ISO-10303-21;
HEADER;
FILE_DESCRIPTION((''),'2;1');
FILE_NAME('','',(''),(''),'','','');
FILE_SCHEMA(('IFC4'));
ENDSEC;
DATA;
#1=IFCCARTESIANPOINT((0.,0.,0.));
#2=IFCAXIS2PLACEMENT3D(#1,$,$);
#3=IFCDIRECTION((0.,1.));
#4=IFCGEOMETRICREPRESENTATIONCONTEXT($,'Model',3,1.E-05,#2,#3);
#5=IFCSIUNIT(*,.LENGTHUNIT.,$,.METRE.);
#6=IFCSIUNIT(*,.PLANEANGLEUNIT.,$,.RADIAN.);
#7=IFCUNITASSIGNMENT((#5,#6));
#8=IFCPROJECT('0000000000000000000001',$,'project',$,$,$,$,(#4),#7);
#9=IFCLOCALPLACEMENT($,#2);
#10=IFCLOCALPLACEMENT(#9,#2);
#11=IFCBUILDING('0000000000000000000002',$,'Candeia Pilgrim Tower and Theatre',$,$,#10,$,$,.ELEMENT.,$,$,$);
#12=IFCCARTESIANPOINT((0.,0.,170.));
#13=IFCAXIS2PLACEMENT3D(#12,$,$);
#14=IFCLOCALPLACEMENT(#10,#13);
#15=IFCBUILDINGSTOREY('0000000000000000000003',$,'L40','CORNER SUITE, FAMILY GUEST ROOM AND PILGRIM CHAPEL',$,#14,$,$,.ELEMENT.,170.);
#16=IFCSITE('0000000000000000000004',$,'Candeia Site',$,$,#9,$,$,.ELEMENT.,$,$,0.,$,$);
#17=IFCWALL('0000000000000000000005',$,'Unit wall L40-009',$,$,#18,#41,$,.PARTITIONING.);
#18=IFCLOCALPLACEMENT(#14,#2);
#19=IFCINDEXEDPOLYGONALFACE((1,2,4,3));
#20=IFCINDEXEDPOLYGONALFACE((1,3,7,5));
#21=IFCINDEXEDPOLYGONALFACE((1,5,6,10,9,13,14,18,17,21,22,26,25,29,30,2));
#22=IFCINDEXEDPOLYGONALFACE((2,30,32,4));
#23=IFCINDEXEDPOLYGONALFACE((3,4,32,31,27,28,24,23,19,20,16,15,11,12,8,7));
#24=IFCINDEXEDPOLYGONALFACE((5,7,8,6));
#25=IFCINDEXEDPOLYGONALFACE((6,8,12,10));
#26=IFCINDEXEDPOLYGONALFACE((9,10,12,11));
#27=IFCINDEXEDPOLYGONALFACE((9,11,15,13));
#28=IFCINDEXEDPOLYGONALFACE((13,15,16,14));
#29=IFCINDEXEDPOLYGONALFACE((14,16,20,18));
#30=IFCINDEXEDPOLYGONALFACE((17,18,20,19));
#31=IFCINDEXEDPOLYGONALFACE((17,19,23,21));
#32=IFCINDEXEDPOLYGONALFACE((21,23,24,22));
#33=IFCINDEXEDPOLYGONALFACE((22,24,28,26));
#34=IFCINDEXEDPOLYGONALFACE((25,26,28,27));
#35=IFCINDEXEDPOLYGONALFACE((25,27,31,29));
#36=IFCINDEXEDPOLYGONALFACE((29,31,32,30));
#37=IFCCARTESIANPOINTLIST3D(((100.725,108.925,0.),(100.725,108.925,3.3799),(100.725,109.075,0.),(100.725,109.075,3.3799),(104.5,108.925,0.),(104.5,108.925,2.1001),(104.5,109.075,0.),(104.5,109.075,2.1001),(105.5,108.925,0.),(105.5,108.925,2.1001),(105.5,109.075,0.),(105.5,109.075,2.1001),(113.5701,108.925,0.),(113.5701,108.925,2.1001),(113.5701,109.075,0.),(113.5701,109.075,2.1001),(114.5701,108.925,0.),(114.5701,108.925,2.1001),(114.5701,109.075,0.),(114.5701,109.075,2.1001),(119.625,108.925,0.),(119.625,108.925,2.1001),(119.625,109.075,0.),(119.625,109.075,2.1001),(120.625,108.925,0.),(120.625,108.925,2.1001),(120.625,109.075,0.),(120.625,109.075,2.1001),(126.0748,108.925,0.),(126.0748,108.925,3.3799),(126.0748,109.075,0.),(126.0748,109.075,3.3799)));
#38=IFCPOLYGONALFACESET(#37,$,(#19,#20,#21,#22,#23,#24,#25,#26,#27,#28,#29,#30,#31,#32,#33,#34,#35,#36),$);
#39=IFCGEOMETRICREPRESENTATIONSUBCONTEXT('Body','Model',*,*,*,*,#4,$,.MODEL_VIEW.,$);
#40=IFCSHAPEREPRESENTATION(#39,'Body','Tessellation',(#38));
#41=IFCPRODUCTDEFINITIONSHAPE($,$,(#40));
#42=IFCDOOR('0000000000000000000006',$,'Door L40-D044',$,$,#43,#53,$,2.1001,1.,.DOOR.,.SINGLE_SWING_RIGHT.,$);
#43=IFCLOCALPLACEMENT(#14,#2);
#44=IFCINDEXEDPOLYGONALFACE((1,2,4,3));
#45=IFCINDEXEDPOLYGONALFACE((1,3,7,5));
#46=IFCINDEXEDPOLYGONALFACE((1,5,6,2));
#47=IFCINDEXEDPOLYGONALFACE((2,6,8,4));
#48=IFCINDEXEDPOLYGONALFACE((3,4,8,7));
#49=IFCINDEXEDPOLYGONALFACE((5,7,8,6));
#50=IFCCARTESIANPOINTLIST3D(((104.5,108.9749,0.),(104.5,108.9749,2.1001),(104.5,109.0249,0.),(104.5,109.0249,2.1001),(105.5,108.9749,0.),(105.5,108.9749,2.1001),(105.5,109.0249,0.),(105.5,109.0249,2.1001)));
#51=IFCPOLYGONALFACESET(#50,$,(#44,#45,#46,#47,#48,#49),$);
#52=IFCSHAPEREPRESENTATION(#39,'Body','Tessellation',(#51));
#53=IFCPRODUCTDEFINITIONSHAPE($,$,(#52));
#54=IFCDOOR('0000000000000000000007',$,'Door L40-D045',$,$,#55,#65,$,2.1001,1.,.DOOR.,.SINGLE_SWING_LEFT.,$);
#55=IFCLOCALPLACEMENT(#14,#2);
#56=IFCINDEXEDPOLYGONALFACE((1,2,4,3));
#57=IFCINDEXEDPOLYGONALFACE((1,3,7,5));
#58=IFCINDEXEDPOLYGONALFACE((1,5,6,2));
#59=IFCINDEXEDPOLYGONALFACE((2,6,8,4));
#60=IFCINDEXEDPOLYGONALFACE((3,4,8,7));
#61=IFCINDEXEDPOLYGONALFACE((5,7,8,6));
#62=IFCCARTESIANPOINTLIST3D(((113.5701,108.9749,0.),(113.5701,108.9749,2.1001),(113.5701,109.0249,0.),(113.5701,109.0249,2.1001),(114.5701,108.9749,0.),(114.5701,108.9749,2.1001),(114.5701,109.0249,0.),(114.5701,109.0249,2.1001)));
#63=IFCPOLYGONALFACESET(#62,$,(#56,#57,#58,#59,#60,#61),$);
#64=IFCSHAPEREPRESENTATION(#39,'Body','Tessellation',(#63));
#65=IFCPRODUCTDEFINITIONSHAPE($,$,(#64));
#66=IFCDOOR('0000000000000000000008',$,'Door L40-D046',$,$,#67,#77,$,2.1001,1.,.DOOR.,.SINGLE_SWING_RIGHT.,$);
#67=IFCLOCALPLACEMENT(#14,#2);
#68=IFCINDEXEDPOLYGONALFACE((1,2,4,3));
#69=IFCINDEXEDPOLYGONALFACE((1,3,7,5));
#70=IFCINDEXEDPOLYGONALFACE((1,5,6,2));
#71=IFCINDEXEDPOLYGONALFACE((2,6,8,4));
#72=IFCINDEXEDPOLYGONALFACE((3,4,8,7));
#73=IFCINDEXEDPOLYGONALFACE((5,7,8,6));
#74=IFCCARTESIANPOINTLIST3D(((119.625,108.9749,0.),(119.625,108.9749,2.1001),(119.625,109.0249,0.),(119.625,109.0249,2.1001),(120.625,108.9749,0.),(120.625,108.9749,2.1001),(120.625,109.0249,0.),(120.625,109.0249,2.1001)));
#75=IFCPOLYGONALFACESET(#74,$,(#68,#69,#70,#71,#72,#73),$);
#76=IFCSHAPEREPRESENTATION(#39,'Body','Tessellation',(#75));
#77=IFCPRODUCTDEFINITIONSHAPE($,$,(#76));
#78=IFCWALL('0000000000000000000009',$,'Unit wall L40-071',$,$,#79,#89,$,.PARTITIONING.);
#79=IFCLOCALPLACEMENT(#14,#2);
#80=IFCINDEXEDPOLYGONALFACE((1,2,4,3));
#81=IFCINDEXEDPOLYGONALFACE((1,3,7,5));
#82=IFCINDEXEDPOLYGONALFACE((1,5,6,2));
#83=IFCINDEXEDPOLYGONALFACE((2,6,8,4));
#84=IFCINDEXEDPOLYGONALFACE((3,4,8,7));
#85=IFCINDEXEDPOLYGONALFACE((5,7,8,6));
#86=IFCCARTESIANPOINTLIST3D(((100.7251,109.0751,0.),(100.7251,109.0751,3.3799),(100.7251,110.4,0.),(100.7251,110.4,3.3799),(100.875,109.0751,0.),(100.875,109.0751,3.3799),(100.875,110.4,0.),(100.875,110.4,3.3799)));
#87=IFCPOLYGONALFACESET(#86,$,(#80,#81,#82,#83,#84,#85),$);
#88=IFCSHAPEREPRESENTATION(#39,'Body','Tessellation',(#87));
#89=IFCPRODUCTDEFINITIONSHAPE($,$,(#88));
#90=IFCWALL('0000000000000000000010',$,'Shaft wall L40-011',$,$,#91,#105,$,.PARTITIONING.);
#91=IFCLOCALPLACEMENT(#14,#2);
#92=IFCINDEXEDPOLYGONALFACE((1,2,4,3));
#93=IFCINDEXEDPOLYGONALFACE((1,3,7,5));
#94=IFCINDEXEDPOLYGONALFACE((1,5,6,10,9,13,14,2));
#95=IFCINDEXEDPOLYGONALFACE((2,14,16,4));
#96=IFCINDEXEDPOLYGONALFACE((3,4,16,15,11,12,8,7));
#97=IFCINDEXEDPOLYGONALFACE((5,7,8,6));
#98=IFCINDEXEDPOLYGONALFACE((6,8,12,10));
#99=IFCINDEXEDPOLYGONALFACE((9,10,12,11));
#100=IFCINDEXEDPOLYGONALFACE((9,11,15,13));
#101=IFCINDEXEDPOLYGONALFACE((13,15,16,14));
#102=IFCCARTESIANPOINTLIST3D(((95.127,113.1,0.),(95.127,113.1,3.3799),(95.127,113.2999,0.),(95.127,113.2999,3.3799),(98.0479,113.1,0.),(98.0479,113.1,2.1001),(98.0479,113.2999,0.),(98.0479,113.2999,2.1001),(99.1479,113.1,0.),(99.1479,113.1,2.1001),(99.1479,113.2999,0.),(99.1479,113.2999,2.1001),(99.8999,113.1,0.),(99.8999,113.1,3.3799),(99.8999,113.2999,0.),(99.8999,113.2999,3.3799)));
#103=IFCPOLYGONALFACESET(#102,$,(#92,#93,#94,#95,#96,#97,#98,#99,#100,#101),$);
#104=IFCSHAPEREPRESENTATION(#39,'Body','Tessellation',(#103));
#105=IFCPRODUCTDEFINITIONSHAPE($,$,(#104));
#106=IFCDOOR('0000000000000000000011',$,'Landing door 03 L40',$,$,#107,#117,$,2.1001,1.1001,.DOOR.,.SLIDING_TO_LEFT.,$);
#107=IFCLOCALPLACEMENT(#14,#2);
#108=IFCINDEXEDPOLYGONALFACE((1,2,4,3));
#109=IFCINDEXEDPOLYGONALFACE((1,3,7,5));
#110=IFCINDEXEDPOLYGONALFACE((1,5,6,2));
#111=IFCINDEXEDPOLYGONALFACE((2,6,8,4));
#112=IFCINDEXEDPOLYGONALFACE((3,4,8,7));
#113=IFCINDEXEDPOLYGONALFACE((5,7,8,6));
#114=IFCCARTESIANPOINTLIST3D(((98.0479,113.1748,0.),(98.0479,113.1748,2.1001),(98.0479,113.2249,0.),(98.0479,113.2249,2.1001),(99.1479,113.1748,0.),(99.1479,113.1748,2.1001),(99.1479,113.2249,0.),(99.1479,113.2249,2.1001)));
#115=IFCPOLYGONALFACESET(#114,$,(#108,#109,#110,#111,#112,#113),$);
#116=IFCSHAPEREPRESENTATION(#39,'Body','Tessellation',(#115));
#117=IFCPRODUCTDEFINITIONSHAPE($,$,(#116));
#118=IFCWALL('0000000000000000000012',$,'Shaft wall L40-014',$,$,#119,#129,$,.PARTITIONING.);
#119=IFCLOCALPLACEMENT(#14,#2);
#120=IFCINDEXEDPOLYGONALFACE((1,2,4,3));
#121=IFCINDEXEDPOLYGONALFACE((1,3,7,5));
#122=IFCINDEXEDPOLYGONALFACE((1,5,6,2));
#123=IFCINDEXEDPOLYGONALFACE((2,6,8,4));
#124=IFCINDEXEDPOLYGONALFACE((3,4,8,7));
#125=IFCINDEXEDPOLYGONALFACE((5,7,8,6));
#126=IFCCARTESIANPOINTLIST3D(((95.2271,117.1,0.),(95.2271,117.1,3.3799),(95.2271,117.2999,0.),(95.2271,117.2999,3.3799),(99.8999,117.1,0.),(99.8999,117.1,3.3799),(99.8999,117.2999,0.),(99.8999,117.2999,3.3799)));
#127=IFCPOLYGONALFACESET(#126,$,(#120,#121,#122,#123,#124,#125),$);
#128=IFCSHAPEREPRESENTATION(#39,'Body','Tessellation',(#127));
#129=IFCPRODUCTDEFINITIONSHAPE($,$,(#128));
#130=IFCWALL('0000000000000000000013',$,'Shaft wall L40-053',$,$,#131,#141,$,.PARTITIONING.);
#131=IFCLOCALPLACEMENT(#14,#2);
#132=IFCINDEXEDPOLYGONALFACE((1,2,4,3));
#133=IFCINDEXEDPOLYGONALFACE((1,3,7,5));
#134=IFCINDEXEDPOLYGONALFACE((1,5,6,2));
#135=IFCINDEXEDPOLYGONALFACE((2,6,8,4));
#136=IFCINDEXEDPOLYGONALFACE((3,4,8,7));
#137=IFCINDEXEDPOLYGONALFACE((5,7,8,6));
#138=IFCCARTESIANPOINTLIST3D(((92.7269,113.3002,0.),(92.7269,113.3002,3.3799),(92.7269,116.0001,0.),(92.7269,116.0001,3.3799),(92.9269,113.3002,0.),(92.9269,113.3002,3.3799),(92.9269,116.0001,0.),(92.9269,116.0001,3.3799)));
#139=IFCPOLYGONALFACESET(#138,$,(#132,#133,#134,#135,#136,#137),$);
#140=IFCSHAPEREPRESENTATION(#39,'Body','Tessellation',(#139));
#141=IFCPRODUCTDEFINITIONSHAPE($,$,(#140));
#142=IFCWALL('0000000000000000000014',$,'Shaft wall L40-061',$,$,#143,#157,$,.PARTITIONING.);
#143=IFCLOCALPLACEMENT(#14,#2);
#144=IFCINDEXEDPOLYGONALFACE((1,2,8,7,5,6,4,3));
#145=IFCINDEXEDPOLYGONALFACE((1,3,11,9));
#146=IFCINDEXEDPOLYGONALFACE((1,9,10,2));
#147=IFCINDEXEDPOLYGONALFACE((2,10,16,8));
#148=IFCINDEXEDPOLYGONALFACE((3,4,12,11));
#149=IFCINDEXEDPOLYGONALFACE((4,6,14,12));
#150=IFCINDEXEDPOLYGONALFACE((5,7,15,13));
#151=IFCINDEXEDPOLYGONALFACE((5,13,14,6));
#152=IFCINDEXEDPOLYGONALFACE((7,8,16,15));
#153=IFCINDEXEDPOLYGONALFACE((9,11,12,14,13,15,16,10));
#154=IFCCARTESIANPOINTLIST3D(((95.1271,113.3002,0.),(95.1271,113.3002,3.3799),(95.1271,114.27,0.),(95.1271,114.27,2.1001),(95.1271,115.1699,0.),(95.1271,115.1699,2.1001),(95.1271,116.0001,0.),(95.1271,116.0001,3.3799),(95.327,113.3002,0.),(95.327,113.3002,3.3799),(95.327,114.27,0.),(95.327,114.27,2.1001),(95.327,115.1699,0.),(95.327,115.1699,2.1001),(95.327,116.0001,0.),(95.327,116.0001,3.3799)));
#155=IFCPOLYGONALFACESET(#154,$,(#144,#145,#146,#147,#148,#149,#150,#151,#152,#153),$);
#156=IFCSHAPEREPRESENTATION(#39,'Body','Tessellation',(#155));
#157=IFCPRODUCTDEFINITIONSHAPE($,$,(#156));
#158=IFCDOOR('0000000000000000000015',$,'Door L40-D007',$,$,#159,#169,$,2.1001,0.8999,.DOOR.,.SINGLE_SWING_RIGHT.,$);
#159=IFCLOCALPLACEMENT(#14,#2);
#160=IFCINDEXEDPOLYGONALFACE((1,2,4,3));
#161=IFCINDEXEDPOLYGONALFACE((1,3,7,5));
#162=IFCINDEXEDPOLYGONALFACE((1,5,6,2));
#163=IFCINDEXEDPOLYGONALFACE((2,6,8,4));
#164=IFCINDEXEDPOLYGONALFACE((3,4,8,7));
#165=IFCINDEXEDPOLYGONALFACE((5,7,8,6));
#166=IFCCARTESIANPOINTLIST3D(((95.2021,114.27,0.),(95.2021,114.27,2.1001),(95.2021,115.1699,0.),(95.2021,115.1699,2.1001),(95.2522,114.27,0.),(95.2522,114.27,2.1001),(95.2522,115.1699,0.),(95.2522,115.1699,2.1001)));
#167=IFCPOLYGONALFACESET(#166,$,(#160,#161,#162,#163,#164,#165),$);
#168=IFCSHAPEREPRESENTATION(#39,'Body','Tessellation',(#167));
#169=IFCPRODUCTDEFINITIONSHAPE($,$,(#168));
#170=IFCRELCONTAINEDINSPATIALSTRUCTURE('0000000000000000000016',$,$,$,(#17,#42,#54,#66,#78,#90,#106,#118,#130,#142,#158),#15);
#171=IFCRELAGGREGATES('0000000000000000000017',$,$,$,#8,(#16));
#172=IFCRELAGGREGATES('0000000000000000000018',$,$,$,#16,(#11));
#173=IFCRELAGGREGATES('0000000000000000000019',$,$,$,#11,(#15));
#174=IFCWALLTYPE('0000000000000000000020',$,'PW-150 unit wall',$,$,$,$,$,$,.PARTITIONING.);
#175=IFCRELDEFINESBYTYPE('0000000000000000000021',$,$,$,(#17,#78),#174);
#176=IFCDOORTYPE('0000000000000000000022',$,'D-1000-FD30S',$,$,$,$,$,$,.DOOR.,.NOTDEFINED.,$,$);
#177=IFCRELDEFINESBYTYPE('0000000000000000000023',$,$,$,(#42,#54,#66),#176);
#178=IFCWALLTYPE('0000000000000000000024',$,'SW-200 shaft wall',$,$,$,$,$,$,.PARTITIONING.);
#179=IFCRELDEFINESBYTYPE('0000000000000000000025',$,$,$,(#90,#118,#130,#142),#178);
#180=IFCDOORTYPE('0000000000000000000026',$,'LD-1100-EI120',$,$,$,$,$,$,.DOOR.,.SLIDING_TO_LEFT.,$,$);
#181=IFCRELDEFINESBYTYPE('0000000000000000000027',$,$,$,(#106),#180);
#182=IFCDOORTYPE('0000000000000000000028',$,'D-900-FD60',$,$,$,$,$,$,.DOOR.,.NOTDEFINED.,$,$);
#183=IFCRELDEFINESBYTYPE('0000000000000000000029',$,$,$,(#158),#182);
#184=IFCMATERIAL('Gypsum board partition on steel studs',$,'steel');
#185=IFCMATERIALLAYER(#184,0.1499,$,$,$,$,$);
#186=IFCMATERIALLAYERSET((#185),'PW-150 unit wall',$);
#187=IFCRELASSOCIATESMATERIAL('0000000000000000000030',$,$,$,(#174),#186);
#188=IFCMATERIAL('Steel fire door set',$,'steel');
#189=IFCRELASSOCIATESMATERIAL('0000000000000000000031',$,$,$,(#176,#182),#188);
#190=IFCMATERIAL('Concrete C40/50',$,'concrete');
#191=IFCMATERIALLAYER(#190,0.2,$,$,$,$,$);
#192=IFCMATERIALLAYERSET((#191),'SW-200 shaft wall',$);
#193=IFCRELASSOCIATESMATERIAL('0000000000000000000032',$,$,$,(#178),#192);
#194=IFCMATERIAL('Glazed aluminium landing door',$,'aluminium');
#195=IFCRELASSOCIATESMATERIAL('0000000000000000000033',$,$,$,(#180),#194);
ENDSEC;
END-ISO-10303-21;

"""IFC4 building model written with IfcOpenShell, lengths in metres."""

from ifc_helpers import new_model, si_unit, direction, frame, frame_2d, origin, place, context, subcontext, project, spatial, rectangle, extrude, material, layer, layer_set, type_object, element, fill, save


model = new_model("IFC4")

# Units and contexts
model_context = context("Model", 3, precision=1e-05, world=origin(), true_north=direction((0.0, 1.0)))
body_context = subcontext(model_context, "Body", "Model", "MODEL_VIEW")
ifc_project = project(units=[si_unit("LENGTHUNIT", "METRE"), si_unit("PLANEANGLEUNIT", "RADIAN")], contexts=[model_context])

# Site, building, storey
site_placement = place(None, origin())
site = spatial("IfcSite", under=ifc_project, at=site_placement, Name="Candeia Site", CompositionType="ELEMENT", RefElevation=0.0)
building_placement = place(site_placement, origin())
building = spatial("IfcBuilding", under=site, at=building_placement, Name="Candeia Pilgrim Tower and Theatre", CompositionType="ELEMENT")
storey_placement = place(building_placement, frame((0.0, 0.0, 170.0)))
storey = spatial("IfcBuildingStorey", under=building, at=storey_placement, Name="L40", Description="CORNER SUITE, FAMILY GUEST ROOM AND PILGRIM CHAPEL", CompositionType="ELEMENT", Elevation=170.0)

# Shared definitions
ifc_material_1 = material(Name="Steel fire door set", Category="steel")

# Shared definitions
ifc_material_2 = material(Name="Gypsum board partition on steel studs", Category="steel")

# Wall, openings, doors
ifc_layer_1 = layer(ifc_material_2, 0.1499)
ifc_layer_set_1 = layer_set([ifc_layer_1], Name="PW-150 unit wall")
wall_type_1 = type_object("IfcWallType", Name="PW-150 unit wall", PredefinedType="PARTITIONING", material=ifc_layer_set_1)
wall_1_placement = place(storey_placement, frame((100.7251, 109.0, 0.0), z_axis=(0.0, 0.0, 1.0), x_axis=(1.0, 0.0, 0.0)))
wall_1 = element("IfcWall", 1, at=wall_1_placement, inside=storey, type_object=wall_type_1, Name="Unit wall L40-009", PredefinedType="PARTITIONING", context=body_context, shape_type="SweptSolid", body=[
    extrude(rectangle(XDim=25.3499, YDim=0.1499, at=frame_2d((12.6748, 0.0))), origin(), (0.0, 0.0, 1.0), 3.3799),
])
opening_1_placement = place(wall_1_placement, frame((3.7749, 0.0, 0.0)))
opening_1 = element("IfcOpeningElement", 2, at=opening_1_placement, cuts=wall_1, PredefinedType="OPENING", context=body_context, shape_type="SweptSolid", body=[
    extrude(rectangle(XDim=1.0, YDim=2.1001, at=frame_2d((0.5, 1.05))), frame((0.0, 0.085, 0.0), z_axis=(0.0, -1.0, 0.0), x_axis=(1.0, 0.0, 0.0)), (0.0, 0.0, 1.0), 0.1699),
])
opening_2_placement = place(wall_1_placement, frame((12.845, 0.0, 0.0)))
opening_2 = element("IfcOpeningElement", 3, at=opening_2_placement, cuts=wall_1, PredefinedType="OPENING", context=body_context, shape_type="SweptSolid", body=[
    extrude(rectangle(XDim=1.0, YDim=2.1001, at=frame_2d((0.5, 1.05))), frame((0.0, 0.085, 0.0), z_axis=(0.0, -1.0, 0.0), x_axis=(1.0, 0.0, 0.0)), (0.0, 0.0, 1.0), 0.1699),
])
opening_3_placement = place(wall_1_placement, frame((18.8999, 0.0, 0.0)))
opening_3 = element("IfcOpeningElement", 4, at=opening_3_placement, cuts=wall_1, PredefinedType="OPENING", context=body_context, shape_type="SweptSolid", body=[
    extrude(rectangle(XDim=1.0, YDim=2.1001, at=frame_2d((0.5, 1.05))), frame((0.0, 0.085, 0.0), z_axis=(0.0, -1.0, 0.0), x_axis=(1.0, 0.0, 0.0)), (0.0, 0.0, 1.0), 0.1699),
])
door_type_1 = type_object("IfcDoorType", Name="D-1000-FD30S", OperationType="NOTDEFINED", PredefinedType="DOOR", material=ifc_material_1)
door_1_placement = place(opening_1_placement, origin())
door_1 = element("IfcDoor", 5, at=door_1_placement, inside=storey, type_object=door_type_1, Name="Door L40-D044", OperationType="SINGLE_SWING_RIGHT", OverallHeight=2.1001, OverallWidth=1.0, PredefinedType="DOOR", context=body_context, shape_type="SweptSolid", body=[
    extrude(rectangle(XDim=1.0, YDim=2.1001, at=frame_2d((0.5, 1.05))), frame((0.0, 0.0249, 0.0), z_axis=(0.0, -1.0, 0.0), x_axis=(1.0, 0.0, 0.0)), (0.0, 0.0, 1.0), 0.05),
])
fill(opening_1, door_1)
door_2_placement = place(opening_2_placement, origin())
door_2 = element("IfcDoor", 6, at=door_2_placement, inside=storey, type_object=door_type_1, Name="Door L40-D045", OperationType="SINGLE_SWING_LEFT", OverallHeight=2.1001, OverallWidth=1.0, PredefinedType="DOOR", context=body_context, shape_type="SweptSolid", body=[
    extrude(rectangle(XDim=1.0, YDim=2.1001, at=frame_2d((0.5, 1.05))), frame((0.0, 0.0249, 0.0), z_axis=(0.0, -1.0, 0.0), x_axis=(1.0, 0.0, 0.0)), (0.0, 0.0, 1.0), 0.05),
])
fill(opening_2, door_2)
door_3_placement = place(opening_3_placement, origin())
door_3 = element("IfcDoor", 7, at=door_3_placement, inside=storey, type_object=door_type_1, Name="Door L40-D046", OperationType="SINGLE_SWING_RIGHT", OverallHeight=2.1001, OverallWidth=1.0, PredefinedType="DOOR", context=body_context, shape_type="SweptSolid", body=[
    extrude(rectangle(XDim=1.0, YDim=2.1001, at=frame_2d((0.5, 1.05))), frame((0.0, 0.0249, 0.0), z_axis=(0.0, -1.0, 0.0), x_axis=(1.0, 0.0, 0.0)), (0.0, 0.0, 1.0), 0.05),
])
fill(opening_3, door_3)

# Wall
wall_2_placement = place(storey_placement, frame((100.8, 109.075, 0.0), z_axis=(0.0, 0.0, 1.0), x_axis=(0.0, 1.0, 0.0)))
element("IfcWall", 8, at=wall_2_placement, inside=storey, type_object=wall_type_1, Name="Unit wall L40-071", PredefinedType="PARTITIONING", context=body_context, shape_type="SweptSolid", body=[
    extrude(rectangle(XDim=1.325, YDim=0.1499, at=frame_2d((0.6626, 0.0))), origin(), (0.0, 0.0, 1.0), 3.3799),
])

# Wall, opening, door
ifc_material_3 = material(Name="Concrete C40/50", Category="concrete")
ifc_layer_2 = layer(ifc_material_3, 0.2)
ifc_layer_set_2 = layer_set([ifc_layer_2], Name="SW-200 shaft wall")
wall_type_2 = type_object("IfcWallType", Name="SW-200 shaft wall", PredefinedType="PARTITIONING", material=ifc_layer_set_2)
wall_3_placement = place(storey_placement, frame((95.127, 113.2, 0.0), z_axis=(0.0, 0.0, 1.0), x_axis=(1.0, 0.0, 0.0)))
wall_3 = element("IfcWall", 9, at=wall_3_placement, inside=storey, type_object=wall_type_2, Name="Shaft wall L40-011", PredefinedType="PARTITIONING", context=body_context, shape_type="SweptSolid", body=[
    extrude(rectangle(XDim=4.7729, YDim=0.2, at=frame_2d((2.3865, 0.0))), origin(), (0.0, 0.0, 1.0), 3.3799),
])
opening_4_placement = place(wall_3_placement, frame((2.9209, 0.0, 0.0)))
opening_4 = element("IfcOpeningElement", 10, at=opening_4_placement, cuts=wall_3, PredefinedType="OPENING", context=body_context, shape_type="SweptSolid", body=[
    extrude(rectangle(XDim=1.1001, YDim=2.1001, at=frame_2d((0.55, 1.05))), frame((0.0, 0.1099, 0.0), z_axis=(0.0, -1.0, 0.0), x_axis=(1.0, 0.0, 0.0)), (0.0, 0.0, 1.0), 0.22),
])
ifc_material_4 = material(Name="Glazed aluminium landing door", Category="aluminium")
door_type_2 = type_object("IfcDoorType", Name="LD-1100-EI120", OperationType="SLIDING_TO_LEFT", PredefinedType="DOOR", material=ifc_material_4)
door_4_placement = place(opening_4_placement, origin())
door_4 = element("IfcDoor", 11, at=door_4_placement, inside=storey, type_object=door_type_2, Name="Landing door 03 L40", OperationType="SLIDING_TO_LEFT", OverallHeight=2.1001, OverallWidth=1.1001, PredefinedType="DOOR", context=body_context, shape_type="SweptSolid", body=[
    extrude(rectangle(XDim=1.1001, YDim=2.1001, at=frame_2d((0.55, 1.05))), frame((0.0, 0.0249, 0.0), z_axis=(0.0, -1.0, 0.0), x_axis=(1.0, 0.0, 0.0)), (0.0, 0.0, 1.0), 0.05),
])
fill(opening_4, door_4)

# Walls
wall_4_placement = place(storey_placement, frame((95.2271, 117.2, 0.0), z_axis=(0.0, 0.0, 1.0), x_axis=(1.0, 0.0, 0.0)))
element("IfcWall", 12, at=wall_4_placement, inside=storey, type_object=wall_type_2, Name="Shaft wall L40-014", PredefinedType="PARTITIONING", context=body_context, shape_type="SweptSolid", body=[
    extrude(rectangle(XDim=4.6729, YDim=0.2, at=frame_2d((2.3364, 0.0))), origin(), (0.0, 0.0, 1.0), 3.3799),
])
wall_5_placement = place(storey_placement, frame((92.8269, 113.3, 0.0), z_axis=(0.0, 0.0, 1.0), x_axis=(0.0, 1.0, 0.0)))
element("IfcWall", 13, at=wall_5_placement, inside=storey, type_object=wall_type_2, Name="Shaft wall L40-053", PredefinedType="PARTITIONING", context=body_context, shape_type="SweptSolid", body=[
    extrude(rectangle(XDim=2.7, YDim=0.2, at=frame_2d((1.3501, 0.0))), origin(), (0.0, 0.0, 1.0), 3.3799),
])

# Wall, opening, door
wall_6_placement = place(storey_placement, frame((95.2271, 113.3, 0.0), z_axis=(0.0, 0.0, 1.0), x_axis=(0.0, 1.0, 0.0)))
wall_6 = element("IfcWall", 14, at=wall_6_placement, inside=storey, type_object=wall_type_2, Name="Shaft wall L40-061", PredefinedType="PARTITIONING", context=body_context, shape_type="SweptSolid", body=[
    extrude(rectangle(XDim=2.7, YDim=0.2, at=frame_2d((1.3501, 0.0))), origin(), (0.0, 0.0, 1.0), 3.3799),
])
opening_5_placement = place(wall_6_placement, frame((0.97, 0.0, 0.0)))
opening_5 = element("IfcOpeningElement", 15, at=opening_5_placement, cuts=wall_6, PredefinedType="OPENING", context=body_context, shape_type="SweptSolid", body=[
    extrude(rectangle(XDim=0.8999, YDim=2.1001, at=frame_2d((0.45, 1.05))), frame((0.0, 0.1099, 0.0), z_axis=(0.0, -1.0, 0.0), x_axis=(1.0, 0.0, 0.0)), (0.0, 0.0, 1.0), 0.22),
])
door_type_3 = type_object("IfcDoorType", Name="D-900-FD60", OperationType="NOTDEFINED", PredefinedType="DOOR", material=ifc_material_1)
door_5_placement = place(opening_5_placement, origin())
door_5 = element("IfcDoor", 16, at=door_5_placement, inside=storey, type_object=door_type_3, Name="Door L40-D007", OperationType="SINGLE_SWING_RIGHT", OverallHeight=2.1001, OverallWidth=0.8999, PredefinedType="DOOR", context=body_context, shape_type="SweptSolid", body=[
    extrude(rectangle(XDim=0.8999, YDim=2.1001, at=frame_2d((0.45, 1.05))), frame((0.0, 0.0249, 0.0), z_axis=(0.0, -1.0, 0.0), x_axis=(1.0, 0.0, 0.0)), (0.0, 0.0, 1.0), 0.05),
])
fill(opening_5, door_5)

save(model, "model.ifc")
